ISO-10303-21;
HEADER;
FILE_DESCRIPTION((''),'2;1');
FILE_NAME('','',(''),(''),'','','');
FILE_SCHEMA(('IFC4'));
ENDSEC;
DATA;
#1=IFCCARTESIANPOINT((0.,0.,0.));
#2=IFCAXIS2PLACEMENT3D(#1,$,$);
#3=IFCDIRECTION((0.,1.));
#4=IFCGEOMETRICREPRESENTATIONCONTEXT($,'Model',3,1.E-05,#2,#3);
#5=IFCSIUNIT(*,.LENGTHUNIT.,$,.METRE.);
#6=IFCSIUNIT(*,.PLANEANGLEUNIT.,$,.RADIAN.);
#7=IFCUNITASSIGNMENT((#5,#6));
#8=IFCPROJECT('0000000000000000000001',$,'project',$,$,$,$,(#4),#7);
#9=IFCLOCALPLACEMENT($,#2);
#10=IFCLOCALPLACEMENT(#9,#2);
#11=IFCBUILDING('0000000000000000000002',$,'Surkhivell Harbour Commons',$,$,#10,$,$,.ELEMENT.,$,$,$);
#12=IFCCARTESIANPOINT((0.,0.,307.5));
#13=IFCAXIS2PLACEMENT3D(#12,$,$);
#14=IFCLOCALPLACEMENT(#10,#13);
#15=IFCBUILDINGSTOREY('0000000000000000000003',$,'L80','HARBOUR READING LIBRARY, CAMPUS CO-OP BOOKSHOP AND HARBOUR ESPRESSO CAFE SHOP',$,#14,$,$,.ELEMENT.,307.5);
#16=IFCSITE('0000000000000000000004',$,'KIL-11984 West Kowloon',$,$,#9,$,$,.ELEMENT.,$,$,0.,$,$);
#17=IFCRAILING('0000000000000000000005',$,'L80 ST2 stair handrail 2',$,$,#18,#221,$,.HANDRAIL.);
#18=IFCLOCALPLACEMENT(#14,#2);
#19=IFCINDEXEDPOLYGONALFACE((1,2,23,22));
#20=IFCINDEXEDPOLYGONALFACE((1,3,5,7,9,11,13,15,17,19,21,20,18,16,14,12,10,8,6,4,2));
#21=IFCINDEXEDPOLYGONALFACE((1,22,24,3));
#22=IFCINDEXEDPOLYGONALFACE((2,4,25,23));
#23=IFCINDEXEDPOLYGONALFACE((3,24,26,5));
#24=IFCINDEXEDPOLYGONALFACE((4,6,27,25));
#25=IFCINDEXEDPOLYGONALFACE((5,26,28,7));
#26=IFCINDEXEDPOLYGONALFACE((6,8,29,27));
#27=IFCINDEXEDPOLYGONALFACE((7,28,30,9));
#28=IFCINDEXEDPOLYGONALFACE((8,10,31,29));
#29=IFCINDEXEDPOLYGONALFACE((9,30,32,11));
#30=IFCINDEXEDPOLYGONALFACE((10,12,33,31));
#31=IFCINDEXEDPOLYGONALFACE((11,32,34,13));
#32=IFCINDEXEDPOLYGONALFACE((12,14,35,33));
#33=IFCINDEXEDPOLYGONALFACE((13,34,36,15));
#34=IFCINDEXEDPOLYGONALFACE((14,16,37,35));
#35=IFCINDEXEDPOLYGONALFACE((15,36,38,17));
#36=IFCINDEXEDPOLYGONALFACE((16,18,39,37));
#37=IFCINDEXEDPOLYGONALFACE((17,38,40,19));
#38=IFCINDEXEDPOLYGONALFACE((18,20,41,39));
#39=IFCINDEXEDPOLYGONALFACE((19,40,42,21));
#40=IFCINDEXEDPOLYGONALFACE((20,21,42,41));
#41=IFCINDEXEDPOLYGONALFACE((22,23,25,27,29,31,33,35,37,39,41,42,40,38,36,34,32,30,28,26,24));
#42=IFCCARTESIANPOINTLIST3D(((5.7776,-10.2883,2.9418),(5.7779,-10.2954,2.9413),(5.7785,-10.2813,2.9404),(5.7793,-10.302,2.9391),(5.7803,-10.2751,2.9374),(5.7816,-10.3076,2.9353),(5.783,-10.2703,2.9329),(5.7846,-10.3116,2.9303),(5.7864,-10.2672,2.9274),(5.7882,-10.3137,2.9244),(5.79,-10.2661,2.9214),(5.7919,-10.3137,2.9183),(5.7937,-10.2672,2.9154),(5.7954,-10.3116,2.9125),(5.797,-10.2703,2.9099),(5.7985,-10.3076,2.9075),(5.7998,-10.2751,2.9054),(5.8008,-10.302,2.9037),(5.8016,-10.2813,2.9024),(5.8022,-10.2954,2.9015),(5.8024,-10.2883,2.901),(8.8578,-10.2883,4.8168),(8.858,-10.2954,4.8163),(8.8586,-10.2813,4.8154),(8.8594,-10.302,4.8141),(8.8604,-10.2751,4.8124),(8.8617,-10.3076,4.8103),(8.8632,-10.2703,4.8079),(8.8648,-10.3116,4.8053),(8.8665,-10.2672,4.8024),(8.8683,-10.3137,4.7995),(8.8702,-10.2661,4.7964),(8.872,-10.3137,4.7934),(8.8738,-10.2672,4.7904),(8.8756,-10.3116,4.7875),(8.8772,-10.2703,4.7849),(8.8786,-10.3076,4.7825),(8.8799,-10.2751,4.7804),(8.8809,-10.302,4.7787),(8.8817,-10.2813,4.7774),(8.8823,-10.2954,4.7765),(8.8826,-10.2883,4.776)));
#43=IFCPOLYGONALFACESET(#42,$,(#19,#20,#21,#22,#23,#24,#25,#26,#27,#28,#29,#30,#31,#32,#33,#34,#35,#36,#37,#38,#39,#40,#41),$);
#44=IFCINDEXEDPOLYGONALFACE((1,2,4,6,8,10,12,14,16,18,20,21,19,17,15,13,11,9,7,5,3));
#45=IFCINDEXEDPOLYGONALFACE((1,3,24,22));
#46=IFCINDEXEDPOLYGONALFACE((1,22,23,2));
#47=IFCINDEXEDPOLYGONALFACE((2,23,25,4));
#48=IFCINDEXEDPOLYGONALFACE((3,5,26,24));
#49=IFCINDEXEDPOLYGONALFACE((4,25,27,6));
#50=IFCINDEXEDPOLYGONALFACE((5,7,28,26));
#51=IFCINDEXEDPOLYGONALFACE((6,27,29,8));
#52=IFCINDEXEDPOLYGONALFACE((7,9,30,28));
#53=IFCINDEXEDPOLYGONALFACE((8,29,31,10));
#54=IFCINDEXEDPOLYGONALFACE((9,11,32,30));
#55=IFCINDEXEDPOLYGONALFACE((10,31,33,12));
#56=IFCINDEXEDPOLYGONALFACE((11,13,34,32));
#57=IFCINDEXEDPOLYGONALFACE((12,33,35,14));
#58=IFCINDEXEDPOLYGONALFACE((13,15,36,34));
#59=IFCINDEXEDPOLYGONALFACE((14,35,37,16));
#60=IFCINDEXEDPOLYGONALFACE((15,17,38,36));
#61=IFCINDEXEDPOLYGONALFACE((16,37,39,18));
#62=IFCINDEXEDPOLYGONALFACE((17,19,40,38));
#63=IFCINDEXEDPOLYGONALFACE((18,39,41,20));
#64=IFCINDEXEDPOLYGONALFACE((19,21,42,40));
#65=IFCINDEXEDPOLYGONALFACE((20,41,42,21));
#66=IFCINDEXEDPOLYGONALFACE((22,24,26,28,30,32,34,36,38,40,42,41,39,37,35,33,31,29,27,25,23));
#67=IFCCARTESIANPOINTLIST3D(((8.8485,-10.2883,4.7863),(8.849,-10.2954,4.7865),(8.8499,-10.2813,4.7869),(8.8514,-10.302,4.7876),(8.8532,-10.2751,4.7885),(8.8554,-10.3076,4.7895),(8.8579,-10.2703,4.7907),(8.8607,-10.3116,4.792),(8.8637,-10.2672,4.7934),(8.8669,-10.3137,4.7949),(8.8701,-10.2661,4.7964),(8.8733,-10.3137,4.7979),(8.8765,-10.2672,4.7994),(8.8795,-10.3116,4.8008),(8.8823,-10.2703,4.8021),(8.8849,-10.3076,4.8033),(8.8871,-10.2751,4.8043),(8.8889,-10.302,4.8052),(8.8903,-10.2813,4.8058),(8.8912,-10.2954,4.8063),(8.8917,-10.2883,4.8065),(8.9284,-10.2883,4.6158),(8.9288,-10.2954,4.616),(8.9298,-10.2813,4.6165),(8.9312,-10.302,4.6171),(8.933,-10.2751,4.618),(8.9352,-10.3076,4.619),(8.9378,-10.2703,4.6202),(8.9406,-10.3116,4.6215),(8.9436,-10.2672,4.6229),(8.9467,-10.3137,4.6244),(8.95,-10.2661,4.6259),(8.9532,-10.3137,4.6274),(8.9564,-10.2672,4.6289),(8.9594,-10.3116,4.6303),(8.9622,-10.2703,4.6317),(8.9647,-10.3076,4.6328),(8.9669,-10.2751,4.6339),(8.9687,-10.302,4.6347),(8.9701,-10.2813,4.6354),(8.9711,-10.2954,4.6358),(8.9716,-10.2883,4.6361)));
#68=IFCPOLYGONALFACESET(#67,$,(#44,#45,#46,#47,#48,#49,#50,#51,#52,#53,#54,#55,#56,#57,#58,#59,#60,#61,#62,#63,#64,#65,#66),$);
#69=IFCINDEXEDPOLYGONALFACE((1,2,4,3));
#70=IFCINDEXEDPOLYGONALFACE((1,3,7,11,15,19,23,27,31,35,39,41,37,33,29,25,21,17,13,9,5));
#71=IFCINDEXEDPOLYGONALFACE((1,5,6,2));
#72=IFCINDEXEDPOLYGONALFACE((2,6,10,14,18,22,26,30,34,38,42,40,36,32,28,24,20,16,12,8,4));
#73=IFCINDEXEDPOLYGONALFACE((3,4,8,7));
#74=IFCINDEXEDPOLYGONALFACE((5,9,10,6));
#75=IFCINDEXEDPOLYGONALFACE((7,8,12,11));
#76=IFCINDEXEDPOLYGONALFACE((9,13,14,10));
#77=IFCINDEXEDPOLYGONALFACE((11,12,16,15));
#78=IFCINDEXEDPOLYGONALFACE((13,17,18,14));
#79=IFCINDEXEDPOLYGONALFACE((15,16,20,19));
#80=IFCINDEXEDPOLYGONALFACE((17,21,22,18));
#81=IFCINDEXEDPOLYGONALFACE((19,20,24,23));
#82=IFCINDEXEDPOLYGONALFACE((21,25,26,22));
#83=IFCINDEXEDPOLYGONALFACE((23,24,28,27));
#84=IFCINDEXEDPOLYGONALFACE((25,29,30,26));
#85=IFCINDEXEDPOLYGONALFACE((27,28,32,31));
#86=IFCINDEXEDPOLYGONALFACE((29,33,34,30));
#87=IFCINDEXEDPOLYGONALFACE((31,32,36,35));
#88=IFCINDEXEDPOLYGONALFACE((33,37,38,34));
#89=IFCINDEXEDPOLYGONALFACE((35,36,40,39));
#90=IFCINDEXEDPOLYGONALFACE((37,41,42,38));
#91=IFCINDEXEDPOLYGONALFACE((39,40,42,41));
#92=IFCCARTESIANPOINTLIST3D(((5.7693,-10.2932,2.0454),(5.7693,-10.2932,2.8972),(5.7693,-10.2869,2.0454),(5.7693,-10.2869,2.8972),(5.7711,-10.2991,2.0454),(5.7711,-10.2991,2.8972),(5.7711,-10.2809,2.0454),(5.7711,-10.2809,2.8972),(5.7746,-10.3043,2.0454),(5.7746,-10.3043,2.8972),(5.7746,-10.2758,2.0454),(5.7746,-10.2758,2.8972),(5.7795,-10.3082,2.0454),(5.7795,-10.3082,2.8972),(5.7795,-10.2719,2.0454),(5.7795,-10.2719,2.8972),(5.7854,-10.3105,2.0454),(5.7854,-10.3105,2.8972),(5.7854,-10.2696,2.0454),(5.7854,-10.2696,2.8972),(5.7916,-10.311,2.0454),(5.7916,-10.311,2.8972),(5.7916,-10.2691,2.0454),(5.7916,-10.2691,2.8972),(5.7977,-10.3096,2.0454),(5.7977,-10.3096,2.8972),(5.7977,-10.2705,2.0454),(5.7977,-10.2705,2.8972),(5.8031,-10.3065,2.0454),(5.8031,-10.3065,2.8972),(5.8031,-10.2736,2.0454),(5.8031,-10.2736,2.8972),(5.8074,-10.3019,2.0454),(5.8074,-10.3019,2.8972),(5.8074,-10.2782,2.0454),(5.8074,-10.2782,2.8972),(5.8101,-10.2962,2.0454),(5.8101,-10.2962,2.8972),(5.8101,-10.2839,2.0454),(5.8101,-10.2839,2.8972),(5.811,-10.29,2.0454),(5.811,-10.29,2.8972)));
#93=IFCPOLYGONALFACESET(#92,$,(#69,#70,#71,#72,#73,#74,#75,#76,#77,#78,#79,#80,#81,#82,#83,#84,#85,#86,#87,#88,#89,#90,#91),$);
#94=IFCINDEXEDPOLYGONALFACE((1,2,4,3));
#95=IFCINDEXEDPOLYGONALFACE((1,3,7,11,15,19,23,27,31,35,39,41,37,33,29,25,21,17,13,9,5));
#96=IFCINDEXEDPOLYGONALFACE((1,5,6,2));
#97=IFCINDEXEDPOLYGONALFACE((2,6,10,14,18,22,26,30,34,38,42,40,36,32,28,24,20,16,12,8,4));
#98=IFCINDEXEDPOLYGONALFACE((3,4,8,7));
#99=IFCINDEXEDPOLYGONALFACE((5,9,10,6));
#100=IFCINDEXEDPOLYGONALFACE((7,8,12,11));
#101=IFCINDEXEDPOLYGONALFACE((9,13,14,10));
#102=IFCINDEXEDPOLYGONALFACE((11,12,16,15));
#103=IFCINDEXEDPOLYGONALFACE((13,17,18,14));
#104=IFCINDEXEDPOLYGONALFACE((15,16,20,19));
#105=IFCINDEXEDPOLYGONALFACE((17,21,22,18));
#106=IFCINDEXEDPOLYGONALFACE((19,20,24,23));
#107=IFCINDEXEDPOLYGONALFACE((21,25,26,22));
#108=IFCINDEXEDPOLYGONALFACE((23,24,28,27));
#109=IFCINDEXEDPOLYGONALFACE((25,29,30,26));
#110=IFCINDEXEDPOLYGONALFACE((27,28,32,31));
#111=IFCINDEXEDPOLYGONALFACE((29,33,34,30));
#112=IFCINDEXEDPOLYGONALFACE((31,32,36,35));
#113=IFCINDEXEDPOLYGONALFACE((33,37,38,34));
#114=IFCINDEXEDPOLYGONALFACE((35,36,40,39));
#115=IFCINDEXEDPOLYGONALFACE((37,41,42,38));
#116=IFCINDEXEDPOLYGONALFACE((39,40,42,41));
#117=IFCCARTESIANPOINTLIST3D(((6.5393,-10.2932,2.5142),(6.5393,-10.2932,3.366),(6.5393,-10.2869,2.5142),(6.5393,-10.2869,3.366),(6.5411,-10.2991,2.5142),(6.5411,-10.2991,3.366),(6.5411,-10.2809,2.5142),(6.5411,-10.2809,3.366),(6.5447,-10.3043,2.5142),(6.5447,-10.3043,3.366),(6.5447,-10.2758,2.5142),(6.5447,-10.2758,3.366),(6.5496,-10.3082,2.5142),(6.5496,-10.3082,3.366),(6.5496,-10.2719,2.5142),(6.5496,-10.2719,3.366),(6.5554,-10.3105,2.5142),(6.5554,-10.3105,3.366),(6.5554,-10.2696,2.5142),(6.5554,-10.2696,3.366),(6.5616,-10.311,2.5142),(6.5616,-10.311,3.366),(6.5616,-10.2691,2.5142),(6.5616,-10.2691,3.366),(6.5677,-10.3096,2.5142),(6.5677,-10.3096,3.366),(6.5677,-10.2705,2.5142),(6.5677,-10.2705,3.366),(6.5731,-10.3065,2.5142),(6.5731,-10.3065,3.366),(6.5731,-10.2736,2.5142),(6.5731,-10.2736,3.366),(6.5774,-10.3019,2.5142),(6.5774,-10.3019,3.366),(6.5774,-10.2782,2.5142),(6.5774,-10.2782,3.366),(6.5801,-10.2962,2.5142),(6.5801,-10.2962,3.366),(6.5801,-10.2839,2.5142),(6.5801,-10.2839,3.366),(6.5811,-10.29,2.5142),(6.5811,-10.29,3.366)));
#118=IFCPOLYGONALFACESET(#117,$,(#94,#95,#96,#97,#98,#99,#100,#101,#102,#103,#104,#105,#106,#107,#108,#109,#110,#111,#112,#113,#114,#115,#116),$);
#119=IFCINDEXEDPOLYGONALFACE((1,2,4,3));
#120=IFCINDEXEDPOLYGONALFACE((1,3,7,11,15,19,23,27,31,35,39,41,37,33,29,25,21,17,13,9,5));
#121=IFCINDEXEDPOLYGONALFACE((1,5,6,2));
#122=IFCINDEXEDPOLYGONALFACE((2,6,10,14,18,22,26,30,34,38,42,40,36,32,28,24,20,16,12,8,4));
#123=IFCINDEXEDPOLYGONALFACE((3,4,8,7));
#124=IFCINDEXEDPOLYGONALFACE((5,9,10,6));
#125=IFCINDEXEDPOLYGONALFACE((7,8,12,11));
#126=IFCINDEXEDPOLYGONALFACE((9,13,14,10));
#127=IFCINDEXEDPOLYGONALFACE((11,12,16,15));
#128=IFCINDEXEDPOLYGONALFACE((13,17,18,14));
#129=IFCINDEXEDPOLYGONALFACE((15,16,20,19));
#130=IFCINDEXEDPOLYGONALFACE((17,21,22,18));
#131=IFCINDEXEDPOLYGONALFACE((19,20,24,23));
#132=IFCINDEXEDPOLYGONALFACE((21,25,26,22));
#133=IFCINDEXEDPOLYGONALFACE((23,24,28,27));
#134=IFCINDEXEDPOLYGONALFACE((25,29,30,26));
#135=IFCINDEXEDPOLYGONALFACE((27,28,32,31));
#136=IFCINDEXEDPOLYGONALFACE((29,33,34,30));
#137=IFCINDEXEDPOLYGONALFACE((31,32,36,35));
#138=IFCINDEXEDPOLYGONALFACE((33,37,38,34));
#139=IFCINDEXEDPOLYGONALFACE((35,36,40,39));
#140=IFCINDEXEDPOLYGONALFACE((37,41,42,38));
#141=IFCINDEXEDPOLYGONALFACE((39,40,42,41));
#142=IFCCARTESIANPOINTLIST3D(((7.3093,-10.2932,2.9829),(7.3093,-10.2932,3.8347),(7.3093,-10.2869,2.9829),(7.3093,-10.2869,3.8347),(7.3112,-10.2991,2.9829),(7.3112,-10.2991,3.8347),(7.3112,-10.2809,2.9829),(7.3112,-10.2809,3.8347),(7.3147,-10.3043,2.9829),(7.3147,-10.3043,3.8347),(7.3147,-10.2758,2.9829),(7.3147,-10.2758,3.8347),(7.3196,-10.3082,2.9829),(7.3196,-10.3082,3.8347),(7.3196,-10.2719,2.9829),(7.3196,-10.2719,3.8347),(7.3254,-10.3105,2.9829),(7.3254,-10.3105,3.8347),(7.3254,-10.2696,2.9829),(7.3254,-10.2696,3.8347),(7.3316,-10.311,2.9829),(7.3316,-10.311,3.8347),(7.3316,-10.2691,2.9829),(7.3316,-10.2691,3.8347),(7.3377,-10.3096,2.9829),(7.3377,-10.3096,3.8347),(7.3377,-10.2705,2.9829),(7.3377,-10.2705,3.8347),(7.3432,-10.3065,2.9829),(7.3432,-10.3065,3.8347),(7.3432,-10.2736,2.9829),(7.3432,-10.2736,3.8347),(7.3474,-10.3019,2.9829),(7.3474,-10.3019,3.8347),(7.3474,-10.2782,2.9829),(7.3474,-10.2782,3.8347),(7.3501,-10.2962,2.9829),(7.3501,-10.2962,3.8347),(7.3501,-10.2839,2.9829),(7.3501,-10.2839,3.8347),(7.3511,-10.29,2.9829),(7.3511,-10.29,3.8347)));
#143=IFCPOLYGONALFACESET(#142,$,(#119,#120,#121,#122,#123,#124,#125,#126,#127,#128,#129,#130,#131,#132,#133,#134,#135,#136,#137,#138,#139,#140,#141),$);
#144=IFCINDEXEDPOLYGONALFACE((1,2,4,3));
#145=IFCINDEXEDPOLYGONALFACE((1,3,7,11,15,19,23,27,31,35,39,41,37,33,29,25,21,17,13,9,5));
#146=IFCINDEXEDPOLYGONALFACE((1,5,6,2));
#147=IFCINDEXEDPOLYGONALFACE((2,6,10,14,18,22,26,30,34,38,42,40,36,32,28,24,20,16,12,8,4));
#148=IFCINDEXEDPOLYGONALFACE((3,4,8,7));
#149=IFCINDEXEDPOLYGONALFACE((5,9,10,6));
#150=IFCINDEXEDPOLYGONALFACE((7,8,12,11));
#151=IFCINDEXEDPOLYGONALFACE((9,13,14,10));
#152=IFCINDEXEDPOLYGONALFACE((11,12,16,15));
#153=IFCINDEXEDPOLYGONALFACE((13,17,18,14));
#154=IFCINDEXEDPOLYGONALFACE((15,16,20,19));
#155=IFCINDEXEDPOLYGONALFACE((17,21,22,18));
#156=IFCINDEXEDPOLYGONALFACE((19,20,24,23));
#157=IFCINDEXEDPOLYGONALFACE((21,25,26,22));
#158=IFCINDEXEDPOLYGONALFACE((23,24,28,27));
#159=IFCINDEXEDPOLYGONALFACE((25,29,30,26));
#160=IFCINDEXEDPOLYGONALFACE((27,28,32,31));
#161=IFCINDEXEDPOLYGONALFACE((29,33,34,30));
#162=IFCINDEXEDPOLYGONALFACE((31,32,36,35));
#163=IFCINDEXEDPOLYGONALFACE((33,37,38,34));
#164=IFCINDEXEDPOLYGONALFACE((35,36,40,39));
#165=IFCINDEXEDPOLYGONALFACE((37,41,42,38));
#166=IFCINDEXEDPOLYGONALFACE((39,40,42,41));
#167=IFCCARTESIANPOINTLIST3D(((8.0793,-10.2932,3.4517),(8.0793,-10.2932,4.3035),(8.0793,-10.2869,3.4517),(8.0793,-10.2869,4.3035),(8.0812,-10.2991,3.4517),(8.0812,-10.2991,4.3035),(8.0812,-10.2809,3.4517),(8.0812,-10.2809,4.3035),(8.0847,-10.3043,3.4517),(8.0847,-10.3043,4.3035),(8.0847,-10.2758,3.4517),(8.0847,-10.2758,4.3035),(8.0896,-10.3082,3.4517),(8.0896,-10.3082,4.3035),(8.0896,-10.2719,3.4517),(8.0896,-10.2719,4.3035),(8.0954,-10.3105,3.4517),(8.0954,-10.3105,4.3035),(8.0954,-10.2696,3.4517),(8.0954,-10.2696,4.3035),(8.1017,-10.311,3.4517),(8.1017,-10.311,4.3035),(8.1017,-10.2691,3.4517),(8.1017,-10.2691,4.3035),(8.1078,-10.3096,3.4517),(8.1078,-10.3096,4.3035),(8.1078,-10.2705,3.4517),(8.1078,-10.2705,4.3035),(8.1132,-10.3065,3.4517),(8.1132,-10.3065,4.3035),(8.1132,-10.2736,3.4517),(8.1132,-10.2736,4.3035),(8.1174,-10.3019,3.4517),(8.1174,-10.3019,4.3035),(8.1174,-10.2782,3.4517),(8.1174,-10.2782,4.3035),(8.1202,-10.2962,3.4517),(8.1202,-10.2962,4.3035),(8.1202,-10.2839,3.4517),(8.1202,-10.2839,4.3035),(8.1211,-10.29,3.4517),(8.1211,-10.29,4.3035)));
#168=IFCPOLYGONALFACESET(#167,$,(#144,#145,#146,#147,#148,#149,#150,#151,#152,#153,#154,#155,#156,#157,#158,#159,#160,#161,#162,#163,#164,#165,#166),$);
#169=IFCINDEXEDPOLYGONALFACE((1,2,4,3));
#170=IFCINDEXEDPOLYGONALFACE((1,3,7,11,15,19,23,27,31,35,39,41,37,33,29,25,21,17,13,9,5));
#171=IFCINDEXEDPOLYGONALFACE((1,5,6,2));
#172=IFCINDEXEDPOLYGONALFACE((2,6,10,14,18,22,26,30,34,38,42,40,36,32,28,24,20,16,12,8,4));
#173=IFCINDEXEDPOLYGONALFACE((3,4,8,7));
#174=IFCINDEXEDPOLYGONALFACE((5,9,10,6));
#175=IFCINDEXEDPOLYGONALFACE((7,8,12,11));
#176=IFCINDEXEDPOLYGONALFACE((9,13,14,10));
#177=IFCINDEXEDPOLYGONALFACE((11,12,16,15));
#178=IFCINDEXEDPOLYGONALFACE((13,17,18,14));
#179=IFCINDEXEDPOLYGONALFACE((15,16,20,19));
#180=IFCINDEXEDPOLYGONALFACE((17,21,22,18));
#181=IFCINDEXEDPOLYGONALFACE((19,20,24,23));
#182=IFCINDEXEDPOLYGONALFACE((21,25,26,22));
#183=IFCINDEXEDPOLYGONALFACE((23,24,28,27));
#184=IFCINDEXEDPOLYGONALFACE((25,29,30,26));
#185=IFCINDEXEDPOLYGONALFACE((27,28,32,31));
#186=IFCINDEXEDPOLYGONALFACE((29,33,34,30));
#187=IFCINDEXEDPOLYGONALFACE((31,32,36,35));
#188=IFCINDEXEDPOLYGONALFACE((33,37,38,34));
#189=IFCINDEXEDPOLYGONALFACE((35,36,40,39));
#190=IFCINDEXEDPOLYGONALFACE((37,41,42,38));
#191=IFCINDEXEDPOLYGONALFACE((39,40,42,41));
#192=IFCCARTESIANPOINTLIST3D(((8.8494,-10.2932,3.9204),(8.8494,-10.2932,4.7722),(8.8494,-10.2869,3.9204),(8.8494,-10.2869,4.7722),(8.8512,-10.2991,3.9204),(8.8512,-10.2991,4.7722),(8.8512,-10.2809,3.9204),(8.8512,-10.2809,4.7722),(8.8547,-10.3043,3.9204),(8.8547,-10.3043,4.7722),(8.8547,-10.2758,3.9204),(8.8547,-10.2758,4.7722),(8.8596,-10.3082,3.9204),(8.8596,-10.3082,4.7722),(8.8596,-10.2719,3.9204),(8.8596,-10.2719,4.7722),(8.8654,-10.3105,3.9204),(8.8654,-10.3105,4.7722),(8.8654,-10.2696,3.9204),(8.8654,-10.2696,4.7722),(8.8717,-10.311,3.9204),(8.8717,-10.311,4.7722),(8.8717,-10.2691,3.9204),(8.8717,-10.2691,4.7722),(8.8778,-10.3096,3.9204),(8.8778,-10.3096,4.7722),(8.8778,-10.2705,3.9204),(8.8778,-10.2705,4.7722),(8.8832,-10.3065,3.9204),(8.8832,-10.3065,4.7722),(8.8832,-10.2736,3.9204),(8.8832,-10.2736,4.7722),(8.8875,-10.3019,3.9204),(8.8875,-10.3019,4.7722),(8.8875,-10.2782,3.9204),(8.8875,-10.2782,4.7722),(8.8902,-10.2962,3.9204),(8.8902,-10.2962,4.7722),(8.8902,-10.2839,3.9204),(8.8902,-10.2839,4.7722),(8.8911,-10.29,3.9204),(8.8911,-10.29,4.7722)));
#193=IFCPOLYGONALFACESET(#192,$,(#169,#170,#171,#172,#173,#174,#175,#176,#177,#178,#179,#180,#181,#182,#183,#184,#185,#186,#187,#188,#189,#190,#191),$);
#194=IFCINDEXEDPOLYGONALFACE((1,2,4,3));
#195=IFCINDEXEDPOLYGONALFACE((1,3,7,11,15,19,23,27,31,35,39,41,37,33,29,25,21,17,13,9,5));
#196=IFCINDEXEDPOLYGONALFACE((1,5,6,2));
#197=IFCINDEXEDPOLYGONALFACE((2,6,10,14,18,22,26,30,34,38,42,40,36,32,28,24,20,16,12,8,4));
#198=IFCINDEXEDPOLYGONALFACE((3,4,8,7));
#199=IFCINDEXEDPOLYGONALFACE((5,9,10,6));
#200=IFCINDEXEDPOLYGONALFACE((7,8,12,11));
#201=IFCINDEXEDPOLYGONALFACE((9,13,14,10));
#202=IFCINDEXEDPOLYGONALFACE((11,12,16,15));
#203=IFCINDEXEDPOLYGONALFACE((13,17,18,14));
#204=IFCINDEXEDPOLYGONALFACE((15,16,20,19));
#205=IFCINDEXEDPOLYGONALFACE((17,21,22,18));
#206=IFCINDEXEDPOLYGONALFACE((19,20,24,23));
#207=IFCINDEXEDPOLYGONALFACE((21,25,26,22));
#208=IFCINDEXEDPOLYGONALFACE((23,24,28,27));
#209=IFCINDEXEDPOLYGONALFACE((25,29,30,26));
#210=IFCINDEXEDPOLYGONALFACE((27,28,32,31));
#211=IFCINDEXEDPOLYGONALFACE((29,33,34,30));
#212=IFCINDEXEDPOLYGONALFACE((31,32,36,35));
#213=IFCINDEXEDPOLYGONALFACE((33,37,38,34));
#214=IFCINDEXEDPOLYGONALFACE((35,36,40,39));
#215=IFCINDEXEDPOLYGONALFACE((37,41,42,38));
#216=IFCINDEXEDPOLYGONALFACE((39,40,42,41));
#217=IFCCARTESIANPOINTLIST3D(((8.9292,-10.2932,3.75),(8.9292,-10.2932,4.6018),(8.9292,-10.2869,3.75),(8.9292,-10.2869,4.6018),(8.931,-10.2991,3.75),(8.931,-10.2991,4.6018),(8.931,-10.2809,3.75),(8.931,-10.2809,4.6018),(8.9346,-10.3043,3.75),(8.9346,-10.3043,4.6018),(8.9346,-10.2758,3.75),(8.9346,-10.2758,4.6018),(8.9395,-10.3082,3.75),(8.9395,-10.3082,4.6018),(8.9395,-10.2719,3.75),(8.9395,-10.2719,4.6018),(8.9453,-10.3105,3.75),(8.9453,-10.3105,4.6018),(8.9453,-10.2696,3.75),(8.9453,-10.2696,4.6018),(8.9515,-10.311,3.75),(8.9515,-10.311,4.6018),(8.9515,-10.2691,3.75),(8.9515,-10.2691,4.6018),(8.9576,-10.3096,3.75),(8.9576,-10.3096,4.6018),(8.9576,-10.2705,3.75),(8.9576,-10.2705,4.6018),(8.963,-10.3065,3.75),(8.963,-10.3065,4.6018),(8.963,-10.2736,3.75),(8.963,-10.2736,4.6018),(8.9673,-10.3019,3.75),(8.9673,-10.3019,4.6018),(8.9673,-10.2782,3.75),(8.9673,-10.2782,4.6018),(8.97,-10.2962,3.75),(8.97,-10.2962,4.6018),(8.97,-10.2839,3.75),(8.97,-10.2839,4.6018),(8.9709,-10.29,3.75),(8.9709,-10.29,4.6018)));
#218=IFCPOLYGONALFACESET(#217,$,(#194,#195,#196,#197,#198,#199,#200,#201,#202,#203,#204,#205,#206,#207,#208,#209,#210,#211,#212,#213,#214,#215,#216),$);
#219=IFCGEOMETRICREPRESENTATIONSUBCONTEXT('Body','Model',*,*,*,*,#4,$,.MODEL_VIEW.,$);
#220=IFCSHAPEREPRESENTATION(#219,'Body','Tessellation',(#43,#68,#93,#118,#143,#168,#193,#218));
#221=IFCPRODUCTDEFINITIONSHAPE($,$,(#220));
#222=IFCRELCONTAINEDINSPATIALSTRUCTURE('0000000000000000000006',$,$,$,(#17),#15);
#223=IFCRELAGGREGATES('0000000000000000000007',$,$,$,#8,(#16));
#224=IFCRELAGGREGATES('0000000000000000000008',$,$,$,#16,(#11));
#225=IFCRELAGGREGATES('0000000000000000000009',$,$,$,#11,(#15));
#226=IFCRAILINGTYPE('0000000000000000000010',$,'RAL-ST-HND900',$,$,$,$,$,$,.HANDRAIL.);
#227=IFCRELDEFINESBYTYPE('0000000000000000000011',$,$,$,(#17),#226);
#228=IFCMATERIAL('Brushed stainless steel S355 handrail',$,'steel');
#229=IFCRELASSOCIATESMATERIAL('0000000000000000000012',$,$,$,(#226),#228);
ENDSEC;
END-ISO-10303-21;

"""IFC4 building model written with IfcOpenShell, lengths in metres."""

from ifc_helpers import new_model, si_unit, direction, frame, origin, origin_2d, place, context, subcontext, project, spatial, circle, extrude, material, type_object, element, save


model = new_model("IFC4")

# Units and contexts
model_context = context("Model", 3, precision=1e-05, world=origin(), true_north=direction((0.0, 1.0)))
body_context = subcontext(model_context, "Body", "Model", "MODEL_VIEW")
ifc_project = project(units=[si_unit("LENGTHUNIT", "METRE"), si_unit("PLANEANGLEUNIT", "RADIAN")], contexts=[model_context])

# Site, building, storey
site_placement = place(None, origin())
site = spatial("IfcSite", under=ifc_project, at=site_placement, Name="KIL-11984 West Kowloon", CompositionType="ELEMENT", RefElevation=0.0)
building_placement = place(site_placement, origin())
building = spatial("IfcBuilding", under=site, at=building_placement, Name="Surkhivell Harbour Commons", CompositionType="ELEMENT")
storey_placement = place(building_placement, frame((0.0, 0.0, 307.5)))
storey = spatial("IfcBuildingStorey", under=building, at=storey_placement, Name="L80", Description="HARBOUR READING LIBRARY, CAMPUS CO-OP BOOKSHOP AND HARBOUR ESPRESSO CAFE SHOP", CompositionType="ELEMENT", Elevation=307.5)

# Railing
ifc_material_1 = material(Name="Brushed stainless steel S355 handrail", Category="steel")
railing_type_1 = type_object("IfcRailingType", Name="RAL-ST-HND900", PredefinedType="HANDRAIL", material=ifc_material_1)
railing_1_placement = place(storey_placement, frame((5.79, -10.29, 2.0454)))
element("IfcRailing", 1, at=railing_1_placement, inside=storey, type_object=railing_type_1, Name="L80 ST2 stair handrail 2", PredefinedType="HANDRAIL", context=body_context, shape_type="SweptSolid", body=[
    extrude(circle(Radius=0.0239, at=origin_2d()), frame((0.0, 0.0, 0.876), z_axis=(0.854178, 0.0, 0.519981), x_axis=(0.0, 1.0, 0.0)), (0.0, 0.0, 1.0), 3.606),
    extrude(circle(Radius=0.0239, at=origin_2d()), frame((3.0801, 0.0, 2.751), z_axis=(0.424234, 0.0, -0.905552), x_axis=(0.0, 1.0, 0.0)), (0.0, 0.0, 1.0), 0.1882),
    extrude(circle(Radius=0.021, at=origin_2d()), origin(), (0.0, 0.0, 1.0), 0.8518),
    extrude(circle(Radius=0.021, at=origin_2d()), frame((0.77, 0.0, 0.4688)), (0.0, 0.0, 1.0), 0.8518),
    extrude(circle(Radius=0.021, at=origin_2d()), frame((1.54, 0.0, 0.9375)), (0.0, 0.0, 1.0), 0.8518),
    extrude(circle(Radius=0.021, at=origin_2d()), frame((2.3101, 0.0, 1.4062)), (0.0, 0.0, 1.0), 0.8518),
    extrude(circle(Radius=0.021, at=origin_2d()), frame((3.0801, 0.0, 1.875)), (0.0, 0.0, 1.0), 0.8518),
    extrude(circle(Radius=0.021, at=origin_2d()), frame((3.1599, 0.0, 1.7046)), (0.0, 0.0, 1.0), 0.8518),
])

save(model, "model.ifc")
